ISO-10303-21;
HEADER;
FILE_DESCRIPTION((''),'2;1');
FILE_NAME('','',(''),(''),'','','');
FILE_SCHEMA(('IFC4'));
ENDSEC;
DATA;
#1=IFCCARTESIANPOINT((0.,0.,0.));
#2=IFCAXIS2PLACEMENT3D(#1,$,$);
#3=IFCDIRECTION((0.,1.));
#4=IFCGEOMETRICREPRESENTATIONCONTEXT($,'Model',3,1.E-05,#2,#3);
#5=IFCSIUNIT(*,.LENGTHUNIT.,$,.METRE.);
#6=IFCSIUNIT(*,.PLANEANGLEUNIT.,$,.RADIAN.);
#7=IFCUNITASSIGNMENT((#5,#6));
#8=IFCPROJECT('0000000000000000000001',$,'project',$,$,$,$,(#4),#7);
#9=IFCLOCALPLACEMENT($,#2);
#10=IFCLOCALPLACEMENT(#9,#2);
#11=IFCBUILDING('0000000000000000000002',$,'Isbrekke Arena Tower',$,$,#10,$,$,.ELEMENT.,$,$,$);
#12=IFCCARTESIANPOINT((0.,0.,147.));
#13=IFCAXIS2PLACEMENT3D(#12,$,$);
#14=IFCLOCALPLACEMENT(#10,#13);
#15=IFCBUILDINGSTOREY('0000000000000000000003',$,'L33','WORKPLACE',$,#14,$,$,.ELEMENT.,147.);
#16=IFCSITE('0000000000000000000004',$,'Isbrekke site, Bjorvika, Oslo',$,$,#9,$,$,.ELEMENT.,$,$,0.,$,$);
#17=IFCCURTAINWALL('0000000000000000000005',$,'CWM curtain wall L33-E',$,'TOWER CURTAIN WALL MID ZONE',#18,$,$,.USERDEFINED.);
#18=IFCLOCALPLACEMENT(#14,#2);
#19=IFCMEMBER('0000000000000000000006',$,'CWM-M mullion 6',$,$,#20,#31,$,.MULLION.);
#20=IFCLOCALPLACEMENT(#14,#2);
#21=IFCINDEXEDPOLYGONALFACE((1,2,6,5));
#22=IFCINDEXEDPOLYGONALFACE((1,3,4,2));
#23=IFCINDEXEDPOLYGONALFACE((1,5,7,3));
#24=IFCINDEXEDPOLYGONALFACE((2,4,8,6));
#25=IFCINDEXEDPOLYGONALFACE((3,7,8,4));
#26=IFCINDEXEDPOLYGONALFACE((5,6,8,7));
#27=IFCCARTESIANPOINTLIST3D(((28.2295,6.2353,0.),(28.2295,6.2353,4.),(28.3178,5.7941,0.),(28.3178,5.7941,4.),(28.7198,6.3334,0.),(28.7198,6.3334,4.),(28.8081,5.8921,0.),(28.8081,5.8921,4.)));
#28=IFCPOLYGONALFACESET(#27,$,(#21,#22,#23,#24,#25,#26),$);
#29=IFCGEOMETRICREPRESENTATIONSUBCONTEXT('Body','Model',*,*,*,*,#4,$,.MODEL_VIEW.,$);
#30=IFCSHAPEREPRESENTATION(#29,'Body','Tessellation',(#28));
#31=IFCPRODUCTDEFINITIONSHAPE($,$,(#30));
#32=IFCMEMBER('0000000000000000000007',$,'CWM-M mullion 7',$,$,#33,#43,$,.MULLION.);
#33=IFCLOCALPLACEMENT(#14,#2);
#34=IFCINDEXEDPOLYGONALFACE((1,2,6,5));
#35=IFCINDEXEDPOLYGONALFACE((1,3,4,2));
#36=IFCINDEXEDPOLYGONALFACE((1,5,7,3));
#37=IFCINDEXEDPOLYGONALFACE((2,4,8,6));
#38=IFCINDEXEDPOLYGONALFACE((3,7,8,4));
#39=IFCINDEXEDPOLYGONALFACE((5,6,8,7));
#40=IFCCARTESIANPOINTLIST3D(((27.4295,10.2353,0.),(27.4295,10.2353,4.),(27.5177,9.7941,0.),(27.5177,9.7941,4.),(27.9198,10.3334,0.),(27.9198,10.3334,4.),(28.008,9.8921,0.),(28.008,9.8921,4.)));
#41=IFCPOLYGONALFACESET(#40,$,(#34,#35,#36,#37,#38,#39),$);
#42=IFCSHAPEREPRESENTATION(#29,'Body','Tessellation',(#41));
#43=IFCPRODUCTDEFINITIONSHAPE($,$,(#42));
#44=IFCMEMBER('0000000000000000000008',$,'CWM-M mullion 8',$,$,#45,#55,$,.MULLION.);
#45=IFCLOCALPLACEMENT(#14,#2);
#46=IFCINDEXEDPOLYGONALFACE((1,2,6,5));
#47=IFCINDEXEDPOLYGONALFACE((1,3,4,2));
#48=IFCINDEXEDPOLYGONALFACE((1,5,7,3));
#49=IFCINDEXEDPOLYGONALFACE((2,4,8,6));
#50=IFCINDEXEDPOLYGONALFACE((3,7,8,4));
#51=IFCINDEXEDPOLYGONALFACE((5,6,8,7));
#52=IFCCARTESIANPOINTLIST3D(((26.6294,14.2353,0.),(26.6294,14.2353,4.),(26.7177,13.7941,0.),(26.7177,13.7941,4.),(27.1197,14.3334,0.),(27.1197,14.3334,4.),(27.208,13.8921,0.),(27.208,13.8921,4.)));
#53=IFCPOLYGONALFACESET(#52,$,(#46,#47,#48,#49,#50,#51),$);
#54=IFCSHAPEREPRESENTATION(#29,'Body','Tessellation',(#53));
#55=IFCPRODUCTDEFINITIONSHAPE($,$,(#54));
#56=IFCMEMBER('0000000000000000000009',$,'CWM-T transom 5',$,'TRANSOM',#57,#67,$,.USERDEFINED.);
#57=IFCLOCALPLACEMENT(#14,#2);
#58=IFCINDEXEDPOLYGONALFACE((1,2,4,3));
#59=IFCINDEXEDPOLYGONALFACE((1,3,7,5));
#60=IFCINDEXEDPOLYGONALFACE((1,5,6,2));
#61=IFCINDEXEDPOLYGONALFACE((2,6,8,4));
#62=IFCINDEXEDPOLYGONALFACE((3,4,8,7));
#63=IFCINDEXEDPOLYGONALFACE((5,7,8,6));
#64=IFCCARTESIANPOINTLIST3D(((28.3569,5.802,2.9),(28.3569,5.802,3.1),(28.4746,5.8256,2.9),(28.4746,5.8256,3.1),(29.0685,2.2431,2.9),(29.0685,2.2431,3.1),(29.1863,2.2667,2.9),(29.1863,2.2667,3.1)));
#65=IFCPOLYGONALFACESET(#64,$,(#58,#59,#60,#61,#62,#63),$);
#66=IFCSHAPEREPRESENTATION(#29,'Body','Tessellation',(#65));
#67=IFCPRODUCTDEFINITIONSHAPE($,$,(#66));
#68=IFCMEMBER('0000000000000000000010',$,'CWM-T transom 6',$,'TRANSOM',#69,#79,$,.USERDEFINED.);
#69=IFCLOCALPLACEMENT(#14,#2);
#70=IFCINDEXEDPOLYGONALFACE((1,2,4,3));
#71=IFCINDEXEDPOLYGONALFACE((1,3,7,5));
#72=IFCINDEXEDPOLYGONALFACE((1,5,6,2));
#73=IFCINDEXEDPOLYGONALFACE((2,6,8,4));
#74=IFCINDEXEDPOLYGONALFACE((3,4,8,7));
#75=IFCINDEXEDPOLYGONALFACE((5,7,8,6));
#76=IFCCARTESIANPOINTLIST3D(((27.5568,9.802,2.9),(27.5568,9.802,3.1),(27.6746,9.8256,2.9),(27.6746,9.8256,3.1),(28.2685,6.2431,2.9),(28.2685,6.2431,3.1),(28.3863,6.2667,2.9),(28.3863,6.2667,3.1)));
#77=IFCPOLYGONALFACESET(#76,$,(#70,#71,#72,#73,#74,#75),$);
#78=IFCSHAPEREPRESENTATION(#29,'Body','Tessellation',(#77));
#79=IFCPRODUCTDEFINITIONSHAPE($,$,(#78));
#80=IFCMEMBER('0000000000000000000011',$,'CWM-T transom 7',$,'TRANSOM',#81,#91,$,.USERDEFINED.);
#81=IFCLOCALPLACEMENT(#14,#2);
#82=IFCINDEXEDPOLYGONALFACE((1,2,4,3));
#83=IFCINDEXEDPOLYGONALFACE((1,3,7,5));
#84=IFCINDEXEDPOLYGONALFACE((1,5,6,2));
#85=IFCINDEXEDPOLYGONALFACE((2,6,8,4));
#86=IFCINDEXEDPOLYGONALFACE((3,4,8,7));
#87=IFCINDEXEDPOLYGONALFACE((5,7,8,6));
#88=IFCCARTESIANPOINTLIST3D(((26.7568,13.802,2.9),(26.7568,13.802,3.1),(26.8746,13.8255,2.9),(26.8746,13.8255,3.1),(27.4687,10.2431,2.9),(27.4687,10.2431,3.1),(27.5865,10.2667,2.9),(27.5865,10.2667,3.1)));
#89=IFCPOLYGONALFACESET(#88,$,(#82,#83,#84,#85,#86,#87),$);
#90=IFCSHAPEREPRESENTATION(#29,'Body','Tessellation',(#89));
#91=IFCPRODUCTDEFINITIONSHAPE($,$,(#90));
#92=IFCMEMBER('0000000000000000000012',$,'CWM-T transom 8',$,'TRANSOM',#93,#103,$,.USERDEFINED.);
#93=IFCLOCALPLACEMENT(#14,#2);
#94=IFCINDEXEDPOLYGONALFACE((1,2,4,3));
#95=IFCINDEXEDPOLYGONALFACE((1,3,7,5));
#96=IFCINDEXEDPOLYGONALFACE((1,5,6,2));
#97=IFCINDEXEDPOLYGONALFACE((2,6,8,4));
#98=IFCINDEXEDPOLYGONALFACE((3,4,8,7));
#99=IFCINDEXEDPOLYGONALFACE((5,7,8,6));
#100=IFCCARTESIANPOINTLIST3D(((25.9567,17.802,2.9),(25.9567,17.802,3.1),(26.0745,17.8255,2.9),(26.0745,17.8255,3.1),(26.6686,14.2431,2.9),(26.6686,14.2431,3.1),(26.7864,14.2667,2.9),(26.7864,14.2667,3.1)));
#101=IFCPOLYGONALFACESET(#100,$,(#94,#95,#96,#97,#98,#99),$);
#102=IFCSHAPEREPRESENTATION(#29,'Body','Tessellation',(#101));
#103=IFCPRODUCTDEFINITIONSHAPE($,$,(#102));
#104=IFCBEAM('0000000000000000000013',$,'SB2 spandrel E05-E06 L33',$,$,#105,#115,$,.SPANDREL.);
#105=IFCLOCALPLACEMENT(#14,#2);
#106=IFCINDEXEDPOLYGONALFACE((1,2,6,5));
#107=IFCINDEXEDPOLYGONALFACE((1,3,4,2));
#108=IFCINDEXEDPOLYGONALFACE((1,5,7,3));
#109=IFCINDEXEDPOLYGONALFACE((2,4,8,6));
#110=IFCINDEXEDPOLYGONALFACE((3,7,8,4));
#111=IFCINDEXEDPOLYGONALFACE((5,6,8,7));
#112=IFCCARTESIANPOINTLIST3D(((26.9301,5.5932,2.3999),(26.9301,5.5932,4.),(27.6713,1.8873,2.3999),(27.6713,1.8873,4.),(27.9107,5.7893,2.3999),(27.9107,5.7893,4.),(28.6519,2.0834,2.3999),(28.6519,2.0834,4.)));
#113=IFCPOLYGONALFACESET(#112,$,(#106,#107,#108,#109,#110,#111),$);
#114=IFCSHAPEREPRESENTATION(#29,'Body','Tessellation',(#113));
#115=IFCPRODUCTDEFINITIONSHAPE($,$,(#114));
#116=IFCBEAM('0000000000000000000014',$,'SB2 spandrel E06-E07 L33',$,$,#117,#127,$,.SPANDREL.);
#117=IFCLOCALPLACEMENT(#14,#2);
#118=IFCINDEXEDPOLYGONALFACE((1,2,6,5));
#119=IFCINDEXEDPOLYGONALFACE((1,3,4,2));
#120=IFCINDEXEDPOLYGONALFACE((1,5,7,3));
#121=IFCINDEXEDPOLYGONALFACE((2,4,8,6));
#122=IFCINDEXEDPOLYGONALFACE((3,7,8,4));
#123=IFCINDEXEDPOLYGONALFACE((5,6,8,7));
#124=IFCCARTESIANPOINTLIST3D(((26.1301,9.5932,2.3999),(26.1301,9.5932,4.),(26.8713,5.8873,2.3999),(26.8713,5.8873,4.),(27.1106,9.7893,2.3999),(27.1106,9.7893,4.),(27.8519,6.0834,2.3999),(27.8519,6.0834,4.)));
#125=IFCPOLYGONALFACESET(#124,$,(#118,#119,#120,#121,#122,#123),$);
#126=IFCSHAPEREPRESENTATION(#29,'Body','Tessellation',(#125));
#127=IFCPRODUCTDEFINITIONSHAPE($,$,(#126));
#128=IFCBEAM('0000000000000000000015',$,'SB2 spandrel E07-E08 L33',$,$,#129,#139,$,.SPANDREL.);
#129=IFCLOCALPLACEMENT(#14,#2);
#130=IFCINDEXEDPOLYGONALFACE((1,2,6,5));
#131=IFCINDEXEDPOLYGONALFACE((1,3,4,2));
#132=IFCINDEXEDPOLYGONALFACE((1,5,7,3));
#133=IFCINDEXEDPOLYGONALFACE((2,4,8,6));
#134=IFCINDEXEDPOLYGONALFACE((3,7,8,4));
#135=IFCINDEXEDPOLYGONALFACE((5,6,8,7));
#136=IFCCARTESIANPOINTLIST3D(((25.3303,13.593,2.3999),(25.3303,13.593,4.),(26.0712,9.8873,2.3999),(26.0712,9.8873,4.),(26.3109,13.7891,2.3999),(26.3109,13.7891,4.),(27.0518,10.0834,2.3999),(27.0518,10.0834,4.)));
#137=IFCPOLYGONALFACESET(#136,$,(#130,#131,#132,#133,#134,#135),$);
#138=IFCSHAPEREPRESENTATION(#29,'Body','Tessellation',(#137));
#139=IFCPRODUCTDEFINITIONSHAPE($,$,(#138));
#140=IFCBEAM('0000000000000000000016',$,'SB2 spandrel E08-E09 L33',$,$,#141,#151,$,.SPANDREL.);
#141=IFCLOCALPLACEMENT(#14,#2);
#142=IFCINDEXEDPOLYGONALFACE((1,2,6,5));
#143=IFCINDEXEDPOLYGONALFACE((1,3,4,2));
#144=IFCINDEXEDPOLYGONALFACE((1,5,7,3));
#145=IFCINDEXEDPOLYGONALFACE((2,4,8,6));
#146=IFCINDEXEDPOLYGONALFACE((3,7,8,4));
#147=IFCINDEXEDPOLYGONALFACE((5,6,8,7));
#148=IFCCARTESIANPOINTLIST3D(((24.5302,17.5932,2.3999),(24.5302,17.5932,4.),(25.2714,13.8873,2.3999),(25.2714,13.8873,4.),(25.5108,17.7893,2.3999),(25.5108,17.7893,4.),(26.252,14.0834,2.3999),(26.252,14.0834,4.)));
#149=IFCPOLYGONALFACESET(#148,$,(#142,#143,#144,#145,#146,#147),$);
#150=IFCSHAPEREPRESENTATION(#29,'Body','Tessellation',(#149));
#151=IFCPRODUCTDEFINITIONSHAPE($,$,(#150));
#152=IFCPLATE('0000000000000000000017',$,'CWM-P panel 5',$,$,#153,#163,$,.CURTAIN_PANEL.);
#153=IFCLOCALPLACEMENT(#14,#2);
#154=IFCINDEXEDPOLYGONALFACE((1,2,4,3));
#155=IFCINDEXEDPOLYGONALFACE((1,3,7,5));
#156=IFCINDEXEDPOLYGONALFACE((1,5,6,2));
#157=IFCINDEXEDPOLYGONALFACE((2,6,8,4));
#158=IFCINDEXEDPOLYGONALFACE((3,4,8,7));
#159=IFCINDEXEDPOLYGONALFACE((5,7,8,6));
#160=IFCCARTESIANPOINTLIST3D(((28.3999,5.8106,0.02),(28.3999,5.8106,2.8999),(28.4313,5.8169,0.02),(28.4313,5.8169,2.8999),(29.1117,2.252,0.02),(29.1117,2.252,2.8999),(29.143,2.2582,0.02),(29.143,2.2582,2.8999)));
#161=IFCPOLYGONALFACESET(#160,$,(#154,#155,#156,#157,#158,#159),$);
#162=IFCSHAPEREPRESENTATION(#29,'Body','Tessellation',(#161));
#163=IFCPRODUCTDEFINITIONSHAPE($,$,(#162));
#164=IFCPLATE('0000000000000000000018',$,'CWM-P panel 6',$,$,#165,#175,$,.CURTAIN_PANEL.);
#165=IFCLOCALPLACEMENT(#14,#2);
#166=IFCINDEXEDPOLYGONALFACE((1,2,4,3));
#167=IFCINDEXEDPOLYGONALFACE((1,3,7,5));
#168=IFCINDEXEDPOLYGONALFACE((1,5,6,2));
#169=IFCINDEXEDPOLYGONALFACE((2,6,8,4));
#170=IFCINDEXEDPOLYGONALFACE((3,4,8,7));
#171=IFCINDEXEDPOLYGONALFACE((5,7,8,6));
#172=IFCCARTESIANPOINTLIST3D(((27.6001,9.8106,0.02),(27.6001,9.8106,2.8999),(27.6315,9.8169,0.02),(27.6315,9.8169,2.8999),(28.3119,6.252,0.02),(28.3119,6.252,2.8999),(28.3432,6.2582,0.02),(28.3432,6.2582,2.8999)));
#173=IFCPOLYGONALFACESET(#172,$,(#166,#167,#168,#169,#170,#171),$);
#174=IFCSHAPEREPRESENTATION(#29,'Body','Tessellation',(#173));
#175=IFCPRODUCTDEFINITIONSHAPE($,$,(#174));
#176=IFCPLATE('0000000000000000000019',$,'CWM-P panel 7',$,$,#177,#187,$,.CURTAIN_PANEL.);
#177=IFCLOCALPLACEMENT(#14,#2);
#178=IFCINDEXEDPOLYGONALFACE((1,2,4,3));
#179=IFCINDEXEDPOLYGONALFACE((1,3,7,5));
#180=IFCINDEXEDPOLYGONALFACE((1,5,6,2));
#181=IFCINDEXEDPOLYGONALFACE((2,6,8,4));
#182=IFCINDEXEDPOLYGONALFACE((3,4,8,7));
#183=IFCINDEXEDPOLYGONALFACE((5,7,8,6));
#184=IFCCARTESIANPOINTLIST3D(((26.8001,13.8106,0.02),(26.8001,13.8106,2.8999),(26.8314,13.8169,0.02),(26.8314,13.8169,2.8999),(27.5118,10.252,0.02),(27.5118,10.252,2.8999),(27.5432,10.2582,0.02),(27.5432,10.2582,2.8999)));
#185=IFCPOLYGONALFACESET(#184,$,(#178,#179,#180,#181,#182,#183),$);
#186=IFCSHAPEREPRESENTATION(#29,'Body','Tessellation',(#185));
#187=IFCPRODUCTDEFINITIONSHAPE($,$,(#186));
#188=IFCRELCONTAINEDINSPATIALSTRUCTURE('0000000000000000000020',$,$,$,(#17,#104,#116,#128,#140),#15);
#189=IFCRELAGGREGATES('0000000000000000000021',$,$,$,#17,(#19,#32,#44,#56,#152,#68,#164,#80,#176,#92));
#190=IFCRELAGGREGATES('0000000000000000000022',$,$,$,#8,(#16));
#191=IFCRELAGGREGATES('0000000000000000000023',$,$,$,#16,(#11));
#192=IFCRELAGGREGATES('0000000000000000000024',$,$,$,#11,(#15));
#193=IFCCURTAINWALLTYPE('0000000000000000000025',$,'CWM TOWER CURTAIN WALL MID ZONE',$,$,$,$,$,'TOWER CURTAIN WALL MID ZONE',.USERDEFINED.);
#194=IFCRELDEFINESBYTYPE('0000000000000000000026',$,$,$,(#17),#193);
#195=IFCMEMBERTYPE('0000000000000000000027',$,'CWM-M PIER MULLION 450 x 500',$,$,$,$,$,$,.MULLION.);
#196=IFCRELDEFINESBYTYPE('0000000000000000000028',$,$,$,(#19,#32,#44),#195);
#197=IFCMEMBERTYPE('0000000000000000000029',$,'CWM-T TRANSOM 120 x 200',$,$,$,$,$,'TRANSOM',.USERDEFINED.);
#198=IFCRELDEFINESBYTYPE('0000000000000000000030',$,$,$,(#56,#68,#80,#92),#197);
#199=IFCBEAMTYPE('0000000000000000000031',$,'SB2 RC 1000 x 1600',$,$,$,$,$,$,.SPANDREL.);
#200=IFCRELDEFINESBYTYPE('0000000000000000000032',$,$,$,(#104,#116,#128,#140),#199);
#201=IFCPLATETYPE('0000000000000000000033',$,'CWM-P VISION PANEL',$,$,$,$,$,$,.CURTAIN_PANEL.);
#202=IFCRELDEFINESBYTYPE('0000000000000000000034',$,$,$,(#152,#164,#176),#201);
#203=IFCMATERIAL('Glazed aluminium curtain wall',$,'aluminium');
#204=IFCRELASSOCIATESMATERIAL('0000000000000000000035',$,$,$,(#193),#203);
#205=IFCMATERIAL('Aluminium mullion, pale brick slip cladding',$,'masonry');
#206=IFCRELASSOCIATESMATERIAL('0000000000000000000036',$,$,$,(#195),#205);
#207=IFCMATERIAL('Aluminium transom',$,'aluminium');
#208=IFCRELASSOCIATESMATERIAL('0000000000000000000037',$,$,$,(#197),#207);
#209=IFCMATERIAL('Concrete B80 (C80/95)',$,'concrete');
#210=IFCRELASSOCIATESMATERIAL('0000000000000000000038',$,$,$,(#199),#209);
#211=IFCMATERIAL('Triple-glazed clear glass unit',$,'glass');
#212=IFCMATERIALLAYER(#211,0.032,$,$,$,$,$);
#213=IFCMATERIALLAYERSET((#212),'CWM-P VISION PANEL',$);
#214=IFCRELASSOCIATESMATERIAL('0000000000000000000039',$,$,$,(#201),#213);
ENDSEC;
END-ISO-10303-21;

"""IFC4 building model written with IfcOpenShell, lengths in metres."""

from ifc_helpers import new_model, si_unit, direction, frame, origin, origin_2d, place, context, subcontext, project, spatial, rectangle, extrude, material, layer, layer_set, material_profile, profile_set, type_object, element, aggregate, save


model = new_model("IFC4")

# Units and contexts
model_context = context("Model", 3, precision=1e-05, world=origin(), true_north=direction((0.0, 1.0)))
body_context = subcontext(model_context, "Body", "Model", "MODEL_VIEW")
ifc_project = project(units=[si_unit("LENGTHUNIT", "METRE"), si_unit("PLANEANGLEUNIT", "RADIAN")], contexts=[model_context])

# Site, building, storey
site_placement = place(None, origin())
site = spatial("IfcSite", under=ifc_project, at=site_placement, Name="Isbrekke site, Bjorvika, Oslo", CompositionType="ELEMENT", RefElevation=0.0)
building_placement = place(site_placement, origin())
building = spatial("IfcBuilding", under=site, at=building_placement, Name="Isbrekke Arena Tower", CompositionType="ELEMENT")
storey_placement = place(building_placement, frame((0.0, 0.0, 147.0)))
storey = spatial("IfcBuildingStorey", under=building, at=storey_placement, Name="L33", Description="WORKPLACE", CompositionType="ELEMENT", Elevation=147.0)

# Curtain wall, members
ifc_material_1 = material(Name="Glazed aluminium curtain wall", Category="aluminium")
curtain_wall_type = type_object("IfcCurtainWallType", Name="CWM TOWER CURTAIN WALL MID ZONE", ElementType="TOWER CURTAIN WALL MID ZONE", PredefinedType="USERDEFINED", material=ifc_material_1)
curtain_wall_placement = place(storey_placement, origin())
curtain_wall = element("IfcCurtainWall", 1, at=curtain_wall_placement, inside=storey, type_object=curtain_wall_type, Name="CWM curtain wall L33-E", ObjectType="TOWER CURTAIN WALL MID ZONE", PredefinedType="USERDEFINED")
ifc_material_2 = material(Name="Aluminium mullion, pale brick slip cladding", Category="masonry")
ifc_material_profile_1 = material_profile(ifc_material_2, rectangle(XDim=0.45, YDim=0.5, at=origin_2d()), Name="PIER 450X500")
ifc_profile_set_1 = profile_set([ifc_material_profile_1], Name="Aluminium mullion, pale brick slip cladding")
member_type_1 = type_object("IfcMemberType", Name="CWM-M PIER MULLION 450 x 500", PredefinedType="MULLION", material=ifc_profile_set_1)
member_1_placement = place(storey_placement, frame((28.5188, 6.0637, 0.0), z_axis=(0.0, 0.0, 1.0), x_axis=(-0.196116, 0.980581, 0.0)))
member_1 = element("IfcMember", 2, at=member_1_placement, type_object=member_type_1, Name="CWM-M mullion 6", PredefinedType="MULLION", context=body_context, shape_type="SweptSolid", body=[
    extrude(rectangle(XDim=0.45, YDim=0.5, at=origin_2d()), origin(), (0.0, 0.0, 1.0), 4.0),
])
member_2_placement = place(storey_placement, frame((27.7188, 10.0637, 0.0), z_axis=(0.0, 0.0, 1.0), x_axis=(-0.196116, 0.980581, 0.0)))
member_2 = element("IfcMember", 3, at=member_2_placement, type_object=member_type_1, Name="CWM-M mullion 7", PredefinedType="MULLION", context=body_context, shape_type="SweptSolid", body=[
    extrude(rectangle(XDim=0.45, YDim=0.5, at=origin_2d()), origin(), (0.0, 0.0, 1.0), 4.0),
])
member_3_placement = place(storey_placement, frame((26.9187, 14.0637, 0.0), z_axis=(0.0, 0.0, 1.0), x_axis=(-0.196116, 0.980581, 0.0)))
member_3 = element("IfcMember", 4, at=member_3_placement, type_object=member_type_1, Name="CWM-M mullion 8", PredefinedType="MULLION", context=body_context, shape_type="SweptSolid", body=[
    extrude(rectangle(XDim=0.45, YDim=0.5, at=origin_2d()), origin(), (0.0, 0.0, 1.0), 4.0),
])
ifc_material_3 = material(Name="Aluminium transom", Category="aluminium")
ifc_material_profile_2 = material_profile(ifc_material_3, rectangle(XDim=0.1201, YDim=0.2, at=origin_2d()), Name="TRANSOM 120X200")
ifc_profile_set_2 = profile_set([ifc_material_profile_2], Name="Aluminium transom")
member_type_2 = type_object("IfcMemberType", Name="CWM-T TRANSOM 120 x 200", ElementType="TRANSOM", PredefinedType="USERDEFINED", material=ifc_profile_set_2)
member_4_placement = place(storey_placement, frame((29.1274, 2.2549, 3.0), z_axis=(-0.19609, 0.980586, 0.0), x_axis=(-0.980586, -0.19609, 0.0)))
member_4 = element("IfcMember", 5, at=member_4_placement, type_object=member_type_2, Name="CWM-T transom 5", ObjectType="TRANSOM", PredefinedType="USERDEFINED", context=body_context, shape_type="SweptSolid", body=[
    extrude(rectangle(XDim=0.1201, YDim=0.2, at=origin_2d()), origin(), (0.0, 0.0, 1.0), 3.6294),
])
member_5_placement = place(storey_placement, frame((28.3274, 6.2549, 3.0), z_axis=(-0.19609, 0.980586, 0.0), x_axis=(-0.980586, -0.19609, 0.0)))
member_5 = element("IfcMember", 6, at=member_5_placement, type_object=member_type_2, Name="CWM-T transom 6", ObjectType="TRANSOM", PredefinedType="USERDEFINED", context=body_context, shape_type="SweptSolid", body=[
    extrude(rectangle(XDim=0.1201, YDim=0.2, at=origin_2d()), origin(), (0.0, 0.0, 1.0), 3.6294),
])
member_6_placement = place(storey_placement, frame((27.5276, 10.2549, 3.0), z_axis=(-0.196155, 0.980573, 0.0), x_axis=(-0.980573, -0.196155, 0.0)))
member_6 = element("IfcMember", 7, at=member_6_placement, type_object=member_type_2, Name="CWM-T transom 7", ObjectType="TRANSOM", PredefinedType="USERDEFINED", context=body_context, shape_type="SweptSolid", body=[
    extrude(rectangle(XDim=0.1201, YDim=0.2, at=origin_2d()), origin(), (0.0, 0.0, 1.0), 3.6294),
])
member_7_placement = place(storey_placement, frame((26.7275, 14.2549, 3.0), z_axis=(-0.196155, 0.980573, 0.0), x_axis=(-0.980573, -0.196155, 0.0)))
member_7 = element("IfcMember", 8, at=member_7_placement, type_object=member_type_2, Name="CWM-T transom 8", ObjectType="TRANSOM", PredefinedType="USERDEFINED", context=body_context, shape_type="SweptSolid", body=[
    extrude(rectangle(XDim=0.1201, YDim=0.2, at=origin_2d()), origin(), (0.0, 0.0, 1.0), 3.6294),
])

# Beams
ifc_material_4 = material(Name="Concrete B80 (C80/95)", Category="concrete")
ifc_material_profile_3 = material_profile(ifc_material_4, rectangle(XDim=1.0, YDim=1.6001, at=origin_2d()), Name="RC 1000x1600")
ifc_profile_set_3 = profile_set([ifc_material_profile_3], Name="Concrete B80 (C80/95)")
beam_type_1 = type_object("IfcBeamType", Name="SB2 RC 1000 x 1600", PredefinedType="SPANDREL", material=ifc_profile_set_3)
for number, where, z_axis, x_axis, name in (
    (9, (28.1616, 1.9854, 3.2), (-0.196129, 0.980578, 0.0), (-0.980578, -0.196129, 0.0), "SB2 spandrel E05-E06 L33"),
    (10, (27.3616, 5.9854, 3.2), (-0.196129, 0.980578, 0.0), (-0.980578, -0.196129, 0.0), "SB2 spandrel E06-E07 L33"),
):
    element("IfcBeam", number, at=place(storey_placement, frame(where, z_axis=z_axis, x_axis=x_axis)), inside=storey, type_object=beam_type_1, Name=name, PredefinedType="SPANDREL", context=body_context, shape_type="SweptSolid", body=[
        extrude(rectangle(XDim=1.0, YDim=1.6001, at=origin_2d()), origin(), (0.0, 0.0, 1.0), 3.7793),
    ])
beam_1_placement = place(storey_placement, frame((26.5615, 9.9854, 3.2), z_axis=(-0.196066, 0.980591, 0.0), x_axis=(-0.980591, -0.196066, 0.0)))
element("IfcBeam", 11, at=beam_1_placement, inside=storey, type_object=beam_type_1, Name="SB2 spandrel E07-E08 L33", PredefinedType="SPANDREL", context=body_context, shape_type="SweptSolid", body=[
    extrude(rectangle(XDim=1.0, YDim=1.6001, at=origin_2d()), origin(), (0.0, 0.0, 1.0), 3.7791),
])
beam_2_placement = place(storey_placement, frame((25.7617, 13.9854, 3.2), z_axis=(-0.196129, 0.980578, 0.0), x_axis=(-0.980578, -0.196129, 0.0)))
element("IfcBeam", 12, at=beam_2_placement, inside=storey, type_object=beam_type_1, Name="SB2 spandrel E08-E09 L33", PredefinedType="SPANDREL", context=body_context, shape_type="SweptSolid", body=[
    extrude(rectangle(XDim=1.0, YDim=1.6001, at=origin_2d()), origin(), (0.0, 0.0, 1.0), 3.7793),
])

# Plates
ifc_material_5 = material(Name="Triple-glazed clear glass unit", Category="glass")
ifc_layer_1 = layer(ifc_material_5, 0.032)
ifc_layer_set_1 = layer_set([ifc_layer_1], Name="CWM-P VISION PANEL")
plate_type = type_object("IfcPlateType", Name="CWM-P VISION PANEL", PredefinedType="CURTAIN_PANEL", material=ifc_layer_set_1)
plate_1_placement = place(storey_placement, frame((28.7715, 4.0344, 0.02), z_axis=(0.0, 0.0, 1.0), x_axis=(-0.196116, 0.980581, 0.0)))
plate_1 = element("IfcPlate", 13, at=plate_1_placement, type_object=plate_type, Name="CWM-P panel 5", PredefinedType="CURTAIN_PANEL", context=body_context, shape_type="SweptSolid", body=[
    extrude(rectangle(XDim=3.6292, YDim=0.032, at=origin_2d()), origin(), (0.0, 0.0, 1.0), 2.8799),
])
plate_2_placement = place(storey_placement, frame((27.9717, 8.0344, 0.02), z_axis=(0.0, 0.0, 1.0), x_axis=(-0.196116, 0.980581, 0.0)))
plate_2 = element("IfcPlate", 14, at=plate_2_placement, type_object=plate_type, Name="CWM-P panel 6", PredefinedType="CURTAIN_PANEL", context=body_context, shape_type="SweptSolid", body=[
    extrude(rectangle(XDim=3.6292, YDim=0.032, at=origin_2d()), origin(), (0.0, 0.0, 1.0), 2.8799),
])
plate_3_placement = place(storey_placement, frame((27.1716, 12.0344, 0.02), z_axis=(0.0, 0.0, 1.0), x_axis=(-0.196116, 0.980581, 0.0)))
plate_3 = element("IfcPlate", 15, at=plate_3_placement, type_object=plate_type, Name="CWM-P panel 7", PredefinedType="CURTAIN_PANEL", context=body_context, shape_type="SweptSolid", body=[
    extrude(rectangle(XDim=3.6292, YDim=0.032, at=origin_2d()), origin(), (0.0, 0.0, 1.0), 2.8799),
])
aggregate(curtain_wall, [member_1, member_2, member_3, member_4, plate_1, member_5, plate_2, member_6, plate_3, member_7])

save(model, "model.ifc")
